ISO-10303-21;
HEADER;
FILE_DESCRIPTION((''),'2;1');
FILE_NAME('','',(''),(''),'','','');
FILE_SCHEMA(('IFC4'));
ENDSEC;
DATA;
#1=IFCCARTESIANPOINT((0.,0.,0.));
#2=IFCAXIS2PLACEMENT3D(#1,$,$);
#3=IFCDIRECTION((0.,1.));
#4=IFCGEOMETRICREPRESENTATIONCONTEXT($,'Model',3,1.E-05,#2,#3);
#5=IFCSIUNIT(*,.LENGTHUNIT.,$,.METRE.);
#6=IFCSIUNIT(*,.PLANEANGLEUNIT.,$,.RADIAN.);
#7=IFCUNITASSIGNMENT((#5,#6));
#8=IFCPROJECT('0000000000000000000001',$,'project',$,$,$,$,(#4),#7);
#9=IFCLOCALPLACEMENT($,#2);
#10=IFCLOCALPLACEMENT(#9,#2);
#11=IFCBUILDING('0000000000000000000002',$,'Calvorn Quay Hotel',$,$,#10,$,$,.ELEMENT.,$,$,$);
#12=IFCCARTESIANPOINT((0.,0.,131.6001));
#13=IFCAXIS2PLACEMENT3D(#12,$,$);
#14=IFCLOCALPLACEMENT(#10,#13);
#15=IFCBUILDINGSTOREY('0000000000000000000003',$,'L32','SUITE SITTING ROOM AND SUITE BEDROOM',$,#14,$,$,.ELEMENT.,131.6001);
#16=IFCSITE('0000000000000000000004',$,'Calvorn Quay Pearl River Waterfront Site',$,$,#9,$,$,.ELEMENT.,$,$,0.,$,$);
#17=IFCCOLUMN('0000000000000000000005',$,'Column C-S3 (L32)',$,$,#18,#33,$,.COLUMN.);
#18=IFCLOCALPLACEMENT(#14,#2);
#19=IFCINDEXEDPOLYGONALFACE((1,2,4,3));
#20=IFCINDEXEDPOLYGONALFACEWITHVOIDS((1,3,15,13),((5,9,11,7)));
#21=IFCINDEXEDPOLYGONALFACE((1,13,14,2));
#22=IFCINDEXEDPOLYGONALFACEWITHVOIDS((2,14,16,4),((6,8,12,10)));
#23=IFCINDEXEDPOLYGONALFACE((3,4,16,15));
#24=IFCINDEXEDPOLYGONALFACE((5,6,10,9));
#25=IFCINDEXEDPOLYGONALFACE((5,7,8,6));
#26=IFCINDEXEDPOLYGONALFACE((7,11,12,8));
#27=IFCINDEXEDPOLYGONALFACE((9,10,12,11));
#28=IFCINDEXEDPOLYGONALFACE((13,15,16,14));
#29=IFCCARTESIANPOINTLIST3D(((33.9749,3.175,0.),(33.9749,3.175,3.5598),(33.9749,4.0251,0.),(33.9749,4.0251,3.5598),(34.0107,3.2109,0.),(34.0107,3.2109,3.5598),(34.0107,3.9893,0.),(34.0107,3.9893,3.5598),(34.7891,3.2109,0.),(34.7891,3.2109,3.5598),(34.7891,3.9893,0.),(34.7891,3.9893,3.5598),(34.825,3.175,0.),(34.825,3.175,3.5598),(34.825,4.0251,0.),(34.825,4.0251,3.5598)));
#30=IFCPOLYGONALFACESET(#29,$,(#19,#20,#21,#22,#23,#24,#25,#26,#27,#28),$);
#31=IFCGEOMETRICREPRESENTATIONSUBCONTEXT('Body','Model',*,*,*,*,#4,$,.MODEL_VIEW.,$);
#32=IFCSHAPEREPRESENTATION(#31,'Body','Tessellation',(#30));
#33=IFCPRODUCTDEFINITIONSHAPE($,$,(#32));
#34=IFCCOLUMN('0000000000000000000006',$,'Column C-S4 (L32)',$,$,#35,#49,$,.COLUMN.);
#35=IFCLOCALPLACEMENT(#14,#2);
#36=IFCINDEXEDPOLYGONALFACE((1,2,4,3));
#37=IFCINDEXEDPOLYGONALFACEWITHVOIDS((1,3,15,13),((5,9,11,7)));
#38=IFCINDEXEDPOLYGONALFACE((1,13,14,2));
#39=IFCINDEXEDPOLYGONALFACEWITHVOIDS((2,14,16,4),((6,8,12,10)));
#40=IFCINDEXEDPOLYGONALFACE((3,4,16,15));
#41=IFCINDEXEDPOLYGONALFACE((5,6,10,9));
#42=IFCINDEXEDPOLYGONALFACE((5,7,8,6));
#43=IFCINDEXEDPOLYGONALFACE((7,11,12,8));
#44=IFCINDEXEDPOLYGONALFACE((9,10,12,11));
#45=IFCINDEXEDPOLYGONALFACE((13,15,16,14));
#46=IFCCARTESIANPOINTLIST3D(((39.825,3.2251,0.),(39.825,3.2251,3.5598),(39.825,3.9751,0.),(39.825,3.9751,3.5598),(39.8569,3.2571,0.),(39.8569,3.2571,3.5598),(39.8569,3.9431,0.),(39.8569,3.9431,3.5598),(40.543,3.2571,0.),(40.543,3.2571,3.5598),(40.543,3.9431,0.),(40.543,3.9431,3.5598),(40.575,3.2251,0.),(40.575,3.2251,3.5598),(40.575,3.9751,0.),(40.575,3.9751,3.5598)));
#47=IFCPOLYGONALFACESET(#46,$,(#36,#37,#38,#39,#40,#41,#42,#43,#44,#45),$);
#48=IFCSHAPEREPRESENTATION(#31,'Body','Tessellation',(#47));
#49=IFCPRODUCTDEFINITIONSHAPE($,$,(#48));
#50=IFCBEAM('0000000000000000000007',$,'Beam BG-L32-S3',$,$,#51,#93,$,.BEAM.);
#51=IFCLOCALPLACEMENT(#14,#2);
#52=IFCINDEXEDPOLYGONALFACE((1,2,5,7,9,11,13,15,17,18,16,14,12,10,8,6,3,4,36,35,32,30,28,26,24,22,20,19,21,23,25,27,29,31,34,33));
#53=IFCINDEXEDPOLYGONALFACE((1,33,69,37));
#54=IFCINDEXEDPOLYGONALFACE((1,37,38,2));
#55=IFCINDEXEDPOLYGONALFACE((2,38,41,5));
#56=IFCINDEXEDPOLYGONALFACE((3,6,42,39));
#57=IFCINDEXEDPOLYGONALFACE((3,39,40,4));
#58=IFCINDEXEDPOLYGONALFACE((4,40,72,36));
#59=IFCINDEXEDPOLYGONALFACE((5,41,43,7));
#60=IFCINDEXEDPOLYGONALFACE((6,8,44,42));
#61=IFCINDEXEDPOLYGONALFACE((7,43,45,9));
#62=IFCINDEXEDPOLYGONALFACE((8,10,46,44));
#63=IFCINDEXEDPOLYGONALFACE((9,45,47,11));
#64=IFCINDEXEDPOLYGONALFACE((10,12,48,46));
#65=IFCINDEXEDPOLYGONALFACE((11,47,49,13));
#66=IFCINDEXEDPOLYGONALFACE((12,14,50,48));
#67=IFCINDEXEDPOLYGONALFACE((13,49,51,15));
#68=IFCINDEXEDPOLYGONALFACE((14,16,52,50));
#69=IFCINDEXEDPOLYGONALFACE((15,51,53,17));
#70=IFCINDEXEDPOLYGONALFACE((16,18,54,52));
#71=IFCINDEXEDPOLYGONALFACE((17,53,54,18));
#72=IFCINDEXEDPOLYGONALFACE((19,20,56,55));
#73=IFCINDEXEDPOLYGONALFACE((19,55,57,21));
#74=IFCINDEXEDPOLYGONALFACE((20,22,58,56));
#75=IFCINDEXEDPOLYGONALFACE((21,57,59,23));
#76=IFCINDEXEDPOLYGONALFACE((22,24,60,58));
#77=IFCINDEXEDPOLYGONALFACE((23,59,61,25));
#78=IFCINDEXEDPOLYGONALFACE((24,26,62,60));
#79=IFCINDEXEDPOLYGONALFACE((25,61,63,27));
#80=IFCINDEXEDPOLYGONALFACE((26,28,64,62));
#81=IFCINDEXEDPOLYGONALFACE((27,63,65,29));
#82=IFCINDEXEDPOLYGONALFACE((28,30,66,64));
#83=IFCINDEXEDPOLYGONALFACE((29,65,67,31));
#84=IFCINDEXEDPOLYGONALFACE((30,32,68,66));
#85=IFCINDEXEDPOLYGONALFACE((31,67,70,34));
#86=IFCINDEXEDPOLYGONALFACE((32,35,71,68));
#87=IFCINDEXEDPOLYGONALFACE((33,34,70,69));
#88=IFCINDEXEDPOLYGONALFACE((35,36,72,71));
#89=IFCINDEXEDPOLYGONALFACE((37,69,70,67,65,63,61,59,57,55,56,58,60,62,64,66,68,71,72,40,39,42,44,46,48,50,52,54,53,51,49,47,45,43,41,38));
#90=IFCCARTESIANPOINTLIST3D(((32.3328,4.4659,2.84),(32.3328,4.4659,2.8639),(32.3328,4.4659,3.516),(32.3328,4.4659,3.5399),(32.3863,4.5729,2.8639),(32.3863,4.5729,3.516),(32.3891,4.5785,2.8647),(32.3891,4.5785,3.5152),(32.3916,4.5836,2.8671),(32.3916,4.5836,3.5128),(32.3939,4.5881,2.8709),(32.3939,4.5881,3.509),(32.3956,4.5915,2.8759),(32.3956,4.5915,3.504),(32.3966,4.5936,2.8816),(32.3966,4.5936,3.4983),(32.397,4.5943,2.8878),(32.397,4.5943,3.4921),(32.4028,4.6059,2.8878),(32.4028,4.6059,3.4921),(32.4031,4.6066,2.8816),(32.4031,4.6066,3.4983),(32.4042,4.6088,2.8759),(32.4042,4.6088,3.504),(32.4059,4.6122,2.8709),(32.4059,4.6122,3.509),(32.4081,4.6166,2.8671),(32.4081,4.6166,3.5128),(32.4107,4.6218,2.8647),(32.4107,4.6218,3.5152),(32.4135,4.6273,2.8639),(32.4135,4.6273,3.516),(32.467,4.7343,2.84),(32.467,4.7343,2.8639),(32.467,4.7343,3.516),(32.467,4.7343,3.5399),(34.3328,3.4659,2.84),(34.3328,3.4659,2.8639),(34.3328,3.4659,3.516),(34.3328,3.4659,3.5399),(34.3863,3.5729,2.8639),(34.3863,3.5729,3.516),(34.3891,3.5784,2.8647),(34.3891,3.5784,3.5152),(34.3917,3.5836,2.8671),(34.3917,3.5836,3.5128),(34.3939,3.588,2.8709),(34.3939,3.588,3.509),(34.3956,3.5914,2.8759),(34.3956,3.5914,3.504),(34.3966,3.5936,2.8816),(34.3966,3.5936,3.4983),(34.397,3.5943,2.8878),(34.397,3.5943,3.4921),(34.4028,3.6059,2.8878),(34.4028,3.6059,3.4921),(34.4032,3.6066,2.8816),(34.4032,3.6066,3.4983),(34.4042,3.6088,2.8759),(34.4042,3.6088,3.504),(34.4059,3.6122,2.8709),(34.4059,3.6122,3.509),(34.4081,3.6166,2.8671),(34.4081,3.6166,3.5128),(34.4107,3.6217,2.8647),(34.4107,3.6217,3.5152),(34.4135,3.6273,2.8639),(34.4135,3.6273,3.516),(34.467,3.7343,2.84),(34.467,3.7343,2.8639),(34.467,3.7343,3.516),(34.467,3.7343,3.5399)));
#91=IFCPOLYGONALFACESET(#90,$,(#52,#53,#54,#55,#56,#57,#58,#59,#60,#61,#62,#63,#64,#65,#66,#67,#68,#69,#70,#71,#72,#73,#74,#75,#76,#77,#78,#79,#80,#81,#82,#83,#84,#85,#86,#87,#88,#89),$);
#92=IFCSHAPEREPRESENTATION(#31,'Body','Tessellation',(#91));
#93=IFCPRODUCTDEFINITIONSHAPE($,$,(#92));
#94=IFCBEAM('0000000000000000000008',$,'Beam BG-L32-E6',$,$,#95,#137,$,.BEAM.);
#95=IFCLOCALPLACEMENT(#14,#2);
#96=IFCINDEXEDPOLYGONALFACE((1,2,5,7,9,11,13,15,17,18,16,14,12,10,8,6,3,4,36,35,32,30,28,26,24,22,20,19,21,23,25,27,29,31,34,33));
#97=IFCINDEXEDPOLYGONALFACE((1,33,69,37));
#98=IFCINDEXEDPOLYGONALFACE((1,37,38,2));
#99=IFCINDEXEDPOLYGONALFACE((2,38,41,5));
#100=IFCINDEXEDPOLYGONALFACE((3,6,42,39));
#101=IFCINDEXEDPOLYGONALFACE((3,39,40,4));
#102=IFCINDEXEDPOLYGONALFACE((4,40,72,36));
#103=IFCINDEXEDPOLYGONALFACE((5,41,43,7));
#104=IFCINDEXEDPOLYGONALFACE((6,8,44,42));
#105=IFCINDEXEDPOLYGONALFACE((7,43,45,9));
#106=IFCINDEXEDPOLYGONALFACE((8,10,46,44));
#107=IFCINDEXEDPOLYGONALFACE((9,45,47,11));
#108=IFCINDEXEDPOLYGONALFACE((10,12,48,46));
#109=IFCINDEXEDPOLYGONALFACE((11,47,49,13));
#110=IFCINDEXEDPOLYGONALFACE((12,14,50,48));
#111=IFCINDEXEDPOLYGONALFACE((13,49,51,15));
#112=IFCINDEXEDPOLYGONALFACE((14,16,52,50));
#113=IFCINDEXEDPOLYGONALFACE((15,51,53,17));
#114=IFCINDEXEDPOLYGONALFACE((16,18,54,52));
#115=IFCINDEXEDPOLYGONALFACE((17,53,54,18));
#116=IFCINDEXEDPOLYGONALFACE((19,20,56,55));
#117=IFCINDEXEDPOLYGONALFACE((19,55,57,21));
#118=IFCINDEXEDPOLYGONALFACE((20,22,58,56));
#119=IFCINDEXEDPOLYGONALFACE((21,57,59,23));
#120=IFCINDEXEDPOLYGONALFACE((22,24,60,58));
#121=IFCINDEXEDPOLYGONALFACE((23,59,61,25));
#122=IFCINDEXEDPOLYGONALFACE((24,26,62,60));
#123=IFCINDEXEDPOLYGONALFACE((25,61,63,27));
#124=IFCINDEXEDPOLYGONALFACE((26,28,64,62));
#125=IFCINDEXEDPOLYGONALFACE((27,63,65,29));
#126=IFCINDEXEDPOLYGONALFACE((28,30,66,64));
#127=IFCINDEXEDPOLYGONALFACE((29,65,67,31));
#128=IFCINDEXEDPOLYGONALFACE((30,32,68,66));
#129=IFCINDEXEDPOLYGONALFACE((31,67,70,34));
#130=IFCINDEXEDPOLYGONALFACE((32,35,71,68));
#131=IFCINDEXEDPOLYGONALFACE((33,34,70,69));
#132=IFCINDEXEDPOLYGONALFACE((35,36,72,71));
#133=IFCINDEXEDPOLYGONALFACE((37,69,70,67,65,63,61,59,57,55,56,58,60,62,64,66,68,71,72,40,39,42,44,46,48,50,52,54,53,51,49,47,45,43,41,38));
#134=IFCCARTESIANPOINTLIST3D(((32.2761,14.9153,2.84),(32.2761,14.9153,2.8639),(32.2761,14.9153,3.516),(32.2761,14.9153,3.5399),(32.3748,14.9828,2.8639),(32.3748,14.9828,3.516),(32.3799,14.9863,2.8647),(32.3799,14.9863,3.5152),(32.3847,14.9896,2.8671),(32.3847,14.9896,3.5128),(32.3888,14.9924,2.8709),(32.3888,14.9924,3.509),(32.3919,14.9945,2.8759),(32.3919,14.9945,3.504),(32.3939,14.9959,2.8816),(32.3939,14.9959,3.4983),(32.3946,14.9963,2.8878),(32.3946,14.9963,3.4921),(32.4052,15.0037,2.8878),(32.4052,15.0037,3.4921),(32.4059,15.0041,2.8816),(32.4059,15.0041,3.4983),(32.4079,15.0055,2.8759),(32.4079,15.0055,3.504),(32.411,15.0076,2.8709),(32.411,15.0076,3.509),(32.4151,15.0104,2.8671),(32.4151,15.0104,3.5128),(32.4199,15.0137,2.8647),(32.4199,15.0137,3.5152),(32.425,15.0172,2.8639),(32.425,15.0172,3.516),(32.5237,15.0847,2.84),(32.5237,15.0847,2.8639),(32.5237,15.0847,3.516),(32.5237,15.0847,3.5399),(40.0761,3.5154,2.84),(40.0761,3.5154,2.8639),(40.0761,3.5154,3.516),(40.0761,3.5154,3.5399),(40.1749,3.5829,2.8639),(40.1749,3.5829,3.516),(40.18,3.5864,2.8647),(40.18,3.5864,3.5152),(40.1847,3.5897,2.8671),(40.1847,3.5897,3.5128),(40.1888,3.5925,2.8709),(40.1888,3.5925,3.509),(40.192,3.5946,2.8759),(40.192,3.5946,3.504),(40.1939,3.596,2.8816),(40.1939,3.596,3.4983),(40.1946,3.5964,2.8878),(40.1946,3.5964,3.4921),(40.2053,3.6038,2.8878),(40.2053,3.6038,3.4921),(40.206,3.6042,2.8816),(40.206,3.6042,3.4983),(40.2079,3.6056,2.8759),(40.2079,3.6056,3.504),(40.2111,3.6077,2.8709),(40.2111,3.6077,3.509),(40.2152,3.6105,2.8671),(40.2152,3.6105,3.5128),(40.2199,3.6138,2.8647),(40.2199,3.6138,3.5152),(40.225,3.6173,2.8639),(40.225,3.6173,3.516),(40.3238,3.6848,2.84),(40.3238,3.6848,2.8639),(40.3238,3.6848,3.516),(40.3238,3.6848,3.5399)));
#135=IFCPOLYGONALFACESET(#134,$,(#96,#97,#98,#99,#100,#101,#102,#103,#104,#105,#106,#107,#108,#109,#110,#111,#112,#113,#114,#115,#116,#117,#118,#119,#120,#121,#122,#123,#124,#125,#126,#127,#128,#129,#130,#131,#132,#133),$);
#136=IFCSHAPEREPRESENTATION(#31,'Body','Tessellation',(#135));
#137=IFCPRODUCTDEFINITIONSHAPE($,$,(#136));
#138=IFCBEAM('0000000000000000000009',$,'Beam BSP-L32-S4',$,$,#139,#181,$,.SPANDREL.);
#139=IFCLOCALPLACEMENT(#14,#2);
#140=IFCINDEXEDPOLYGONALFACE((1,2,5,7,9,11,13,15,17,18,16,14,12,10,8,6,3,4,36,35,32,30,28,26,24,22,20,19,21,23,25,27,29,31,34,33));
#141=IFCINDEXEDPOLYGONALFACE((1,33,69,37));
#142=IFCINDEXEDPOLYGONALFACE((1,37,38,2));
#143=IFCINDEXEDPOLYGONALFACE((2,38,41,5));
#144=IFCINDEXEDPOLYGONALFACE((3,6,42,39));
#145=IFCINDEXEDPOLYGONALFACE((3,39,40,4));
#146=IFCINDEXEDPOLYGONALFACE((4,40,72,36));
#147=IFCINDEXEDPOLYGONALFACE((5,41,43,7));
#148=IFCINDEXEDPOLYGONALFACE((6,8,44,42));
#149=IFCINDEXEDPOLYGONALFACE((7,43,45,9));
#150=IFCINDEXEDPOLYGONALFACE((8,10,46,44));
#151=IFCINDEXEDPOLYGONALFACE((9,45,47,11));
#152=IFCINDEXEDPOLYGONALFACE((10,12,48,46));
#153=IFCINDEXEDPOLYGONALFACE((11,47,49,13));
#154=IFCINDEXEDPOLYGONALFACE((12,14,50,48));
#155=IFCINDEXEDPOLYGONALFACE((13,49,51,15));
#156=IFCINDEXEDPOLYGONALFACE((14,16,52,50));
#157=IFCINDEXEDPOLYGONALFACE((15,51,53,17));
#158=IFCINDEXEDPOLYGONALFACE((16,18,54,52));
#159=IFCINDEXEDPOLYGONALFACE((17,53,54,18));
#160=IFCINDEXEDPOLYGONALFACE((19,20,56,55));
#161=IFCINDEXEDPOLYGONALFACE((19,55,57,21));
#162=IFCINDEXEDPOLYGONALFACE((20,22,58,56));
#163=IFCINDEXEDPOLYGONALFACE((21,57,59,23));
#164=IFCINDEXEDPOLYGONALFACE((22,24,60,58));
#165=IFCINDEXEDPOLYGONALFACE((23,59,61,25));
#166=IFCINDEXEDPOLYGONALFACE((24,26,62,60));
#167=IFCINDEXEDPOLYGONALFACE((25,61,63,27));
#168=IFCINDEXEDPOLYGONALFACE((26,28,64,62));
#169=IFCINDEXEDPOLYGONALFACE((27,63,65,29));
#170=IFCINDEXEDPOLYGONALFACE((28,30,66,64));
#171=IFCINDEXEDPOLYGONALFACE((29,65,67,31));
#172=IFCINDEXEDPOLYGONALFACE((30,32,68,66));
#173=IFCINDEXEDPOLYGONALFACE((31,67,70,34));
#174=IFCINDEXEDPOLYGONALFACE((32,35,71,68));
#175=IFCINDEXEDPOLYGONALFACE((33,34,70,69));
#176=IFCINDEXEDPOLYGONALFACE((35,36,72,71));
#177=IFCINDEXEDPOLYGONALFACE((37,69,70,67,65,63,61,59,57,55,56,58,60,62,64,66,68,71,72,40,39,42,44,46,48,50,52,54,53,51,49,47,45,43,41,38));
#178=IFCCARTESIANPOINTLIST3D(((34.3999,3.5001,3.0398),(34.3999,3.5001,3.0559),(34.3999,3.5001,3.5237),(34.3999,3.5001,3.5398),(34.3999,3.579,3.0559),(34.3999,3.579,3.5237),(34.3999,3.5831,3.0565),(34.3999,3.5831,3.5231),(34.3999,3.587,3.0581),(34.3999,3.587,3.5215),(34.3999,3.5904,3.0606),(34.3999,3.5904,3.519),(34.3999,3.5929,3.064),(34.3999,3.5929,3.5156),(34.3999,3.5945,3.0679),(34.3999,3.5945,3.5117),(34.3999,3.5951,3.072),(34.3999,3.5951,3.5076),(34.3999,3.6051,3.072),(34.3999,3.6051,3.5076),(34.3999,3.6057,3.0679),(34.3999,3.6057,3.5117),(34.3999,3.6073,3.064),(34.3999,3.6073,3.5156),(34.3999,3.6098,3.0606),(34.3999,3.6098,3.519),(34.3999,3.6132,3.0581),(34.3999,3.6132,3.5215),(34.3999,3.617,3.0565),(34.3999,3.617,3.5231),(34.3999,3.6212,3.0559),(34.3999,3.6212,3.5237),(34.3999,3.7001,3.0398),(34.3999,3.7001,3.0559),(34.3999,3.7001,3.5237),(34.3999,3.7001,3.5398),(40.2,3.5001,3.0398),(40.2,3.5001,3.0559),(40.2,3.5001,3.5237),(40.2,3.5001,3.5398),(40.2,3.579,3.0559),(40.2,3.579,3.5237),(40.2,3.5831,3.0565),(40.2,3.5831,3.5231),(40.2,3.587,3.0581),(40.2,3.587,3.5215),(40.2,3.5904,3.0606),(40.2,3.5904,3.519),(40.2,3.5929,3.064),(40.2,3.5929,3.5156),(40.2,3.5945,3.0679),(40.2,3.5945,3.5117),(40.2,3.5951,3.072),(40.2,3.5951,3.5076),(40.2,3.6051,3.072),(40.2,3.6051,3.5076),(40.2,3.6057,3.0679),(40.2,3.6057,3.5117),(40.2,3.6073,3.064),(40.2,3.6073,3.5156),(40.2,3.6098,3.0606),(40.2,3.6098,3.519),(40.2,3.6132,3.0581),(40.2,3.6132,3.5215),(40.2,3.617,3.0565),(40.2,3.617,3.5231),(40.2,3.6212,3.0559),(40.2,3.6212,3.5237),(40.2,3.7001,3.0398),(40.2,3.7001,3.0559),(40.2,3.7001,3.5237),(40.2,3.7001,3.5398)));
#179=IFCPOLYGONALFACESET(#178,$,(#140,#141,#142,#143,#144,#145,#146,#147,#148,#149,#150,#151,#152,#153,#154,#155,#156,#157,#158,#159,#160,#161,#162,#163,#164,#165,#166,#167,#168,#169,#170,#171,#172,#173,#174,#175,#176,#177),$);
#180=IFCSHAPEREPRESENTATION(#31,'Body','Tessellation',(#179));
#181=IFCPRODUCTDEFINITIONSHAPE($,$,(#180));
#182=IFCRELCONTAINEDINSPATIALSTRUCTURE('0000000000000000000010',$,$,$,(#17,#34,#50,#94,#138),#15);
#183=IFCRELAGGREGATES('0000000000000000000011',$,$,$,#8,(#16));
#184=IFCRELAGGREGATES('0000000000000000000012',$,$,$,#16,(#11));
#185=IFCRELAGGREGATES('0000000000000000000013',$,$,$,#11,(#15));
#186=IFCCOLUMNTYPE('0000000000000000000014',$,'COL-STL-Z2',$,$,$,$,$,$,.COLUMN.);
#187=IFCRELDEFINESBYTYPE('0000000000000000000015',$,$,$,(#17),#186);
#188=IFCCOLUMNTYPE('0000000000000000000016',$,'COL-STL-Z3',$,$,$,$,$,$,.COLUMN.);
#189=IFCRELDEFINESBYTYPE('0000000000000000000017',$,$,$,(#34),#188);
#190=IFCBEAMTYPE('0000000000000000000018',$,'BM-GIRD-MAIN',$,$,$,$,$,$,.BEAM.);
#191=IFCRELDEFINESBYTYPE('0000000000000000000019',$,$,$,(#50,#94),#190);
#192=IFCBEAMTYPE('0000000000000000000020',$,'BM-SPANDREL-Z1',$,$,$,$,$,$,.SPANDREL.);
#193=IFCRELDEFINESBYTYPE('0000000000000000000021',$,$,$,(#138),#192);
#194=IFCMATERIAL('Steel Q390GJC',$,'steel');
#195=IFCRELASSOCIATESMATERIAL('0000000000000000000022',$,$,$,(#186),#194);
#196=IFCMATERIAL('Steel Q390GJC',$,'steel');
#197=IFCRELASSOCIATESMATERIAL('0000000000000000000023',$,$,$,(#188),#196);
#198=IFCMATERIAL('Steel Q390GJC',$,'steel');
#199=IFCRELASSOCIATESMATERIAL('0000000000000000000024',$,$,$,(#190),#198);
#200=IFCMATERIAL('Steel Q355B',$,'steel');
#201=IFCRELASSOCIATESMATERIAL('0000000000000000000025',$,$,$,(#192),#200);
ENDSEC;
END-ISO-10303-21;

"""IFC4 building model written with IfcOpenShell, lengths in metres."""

from ifc_helpers import new_model, si_unit, direction, frame, origin, origin_2d, place, context, subcontext, project, spatial, hollow_rectangle, i_section, extrude, material, material_profile, profile_set, type_object, element, save


model = new_model("IFC4")

# Units and contexts
model_context = context("Model", 3, precision=1e-05, world=origin(), true_north=direction((0.0, 1.0)))
body_context = subcontext(model_context, "Body", "Model", "MODEL_VIEW")
ifc_project = project(units=[si_unit("LENGTHUNIT", "METRE"), si_unit("PLANEANGLEUNIT", "RADIAN")], contexts=[model_context])

# Site, building, storey
site_placement = place(None, origin())
site = spatial("IfcSite", under=ifc_project, at=site_placement, Name="Calvorn Quay Pearl River Waterfront Site", CompositionType="ELEMENT", RefElevation=0.0)
building_placement = place(site_placement, origin())
building = spatial("IfcBuilding", under=site, at=building_placement, Name="Calvorn Quay Hotel", CompositionType="ELEMENT")
storey_placement = place(building_placement, frame((0.0, 0.0, 131.6001)))
storey = spatial("IfcBuildingStorey", under=building, at=storey_placement, Name="L32", Description="SUITE SITTING ROOM AND SUITE BEDROOM", CompositionType="ELEMENT", Elevation=131.6001)

# Columns
ifc_material_1 = material(Name="Steel Q390GJC", Category="steel")
ifc_material_profile_1 = material_profile(ifc_material_1, hollow_rectangle(XDim=0.8501, YDim=0.8501, WallThickness=0.0359, at=origin_2d()), Name="BOX850x850x36")
ifc_profile_set_1 = profile_set([ifc_material_profile_1], Name="Steel Q390GJC")
column_type_1 = type_object("IfcColumnType", Name="COL-STL-Z2", PredefinedType="COLUMN", material=ifc_profile_set_1)
column_1_placement = place(storey_placement, frame((34.3999, 3.6001, 0.0), z_axis=(0.0, 0.0, 1.0), x_axis=(1.0, 0.0, 0.0)))
element("IfcColumn", 1, at=column_1_placement, inside=storey, type_object=column_type_1, Name="Column C-S3 (L32)", PredefinedType="COLUMN", context=body_context, shape_type="SweptSolid", body=[
    extrude(hollow_rectangle(XDim=0.8501, YDim=0.8501, WallThickness=0.0359, at=origin_2d()), origin(), (0.0, 0.0, 1.0), 3.5598),
])
ifc_material_2 = material(Name="Steel Q390GJC", Category="steel")
ifc_material_profile_2 = material_profile(ifc_material_2, hollow_rectangle(XDim=0.75, YDim=0.75, WallThickness=0.032, at=origin_2d()), Name="BOX750x750x32")
ifc_profile_set_2 = profile_set([ifc_material_profile_2], Name="Steel Q390GJC")
column_type_2 = type_object("IfcColumnType", Name="COL-STL-Z3", PredefinedType="COLUMN", material=ifc_profile_set_2)
column_2_placement = place(storey_placement, frame((40.2, 3.6001, 0.0), z_axis=(0.0, 0.0, 1.0), x_axis=(1.0, 0.0, 0.0)))
element("IfcColumn", 2, at=column_2_placement, inside=storey, type_object=column_type_2, Name="Column C-S4 (L32)", PredefinedType="COLUMN", context=body_context, shape_type="SweptSolid", body=[
    extrude(hollow_rectangle(XDim=0.75, YDim=0.75, WallThickness=0.032, at=origin_2d()), origin(), (0.0, 0.0, 1.0), 3.5598),
])

# Beams
ifc_material_3 = material(Name="Steel Q390GJC", Category="steel")
ifc_material_profile_3 = material_profile(ifc_material_3, i_section(OverallWidth=0.3, OverallDepth=0.7, WebThickness=0.0129, FlangeThickness=0.0239, FilletRadius=0.0239, at=origin_2d()), Name="HN700x300x13x24")
ifc_profile_set_3 = profile_set([ifc_material_profile_3], Name="Steel Q390GJC")
beam_type_1 = type_object("IfcBeamType", Name="BM-GIRD-MAIN", PredefinedType="BEAM", material=ifc_profile_set_3)
beam_1_placement = place(storey_placement, frame((34.3999, 3.6001, 3.1899), z_axis=(-0.894427, 0.447214, 0.0), x_axis=(-0.447214, -0.894427, 0.0)))
element("IfcBeam", 3, at=beam_1_placement, inside=storey, type_object=beam_type_1, Name="Beam BG-L32-S3", PredefinedType="BEAM", context=body_context, shape_type="SweptSolid", body=[
    extrude(i_section(OverallWidth=0.3, OverallDepth=0.7, WebThickness=0.0129, FlangeThickness=0.0239, FilletRadius=0.0239, at=origin_2d()), origin(), (0.0, 0.0, 1.0), 2.2361),
])
beam_2_placement = place(storey_placement, frame((40.2, 3.6001, 3.1899), z_axis=(-0.56469, 0.825303, 0.0), x_axis=(-0.825303, -0.56469, 0.0)))
element("IfcBeam", 4, at=beam_2_placement, inside=storey, type_object=beam_type_1, Name="Beam BG-L32-E6", PredefinedType="BEAM", context=body_context, shape_type="SweptSolid", body=[
    extrude(i_section(OverallWidth=0.3, OverallDepth=0.7, WebThickness=0.0129, FlangeThickness=0.0239, FilletRadius=0.0239, at=origin_2d()), origin(), (0.0, 0.0, 1.0), 13.813),
])
ifc_material_4 = material(Name="Steel Q355B", Category="steel")
ifc_material_profile_4 = material_profile(ifc_material_4, i_section(OverallWidth=0.2, OverallDepth=0.5, WebThickness=0.01, FlangeThickness=0.0161, FilletRadius=0.0161, at=origin_2d()), Name="HN500x200x10x16")
ifc_profile_set_4 = profile_set([ifc_material_profile_4], Name="Steel Q355B")
beam_type_2 = type_object("IfcBeamType", Name="BM-SPANDREL-Z1", PredefinedType="SPANDREL", material=ifc_profile_set_4)
beam_3_placement = place(storey_placement, frame((34.3999, 3.6001, 3.2898), z_axis=(1.0, 0.0, 0.0), x_axis=(0.0, 1.0, 0.0)))
element("IfcBeam", 5, at=beam_3_placement, inside=storey, type_object=beam_type_2, Name="Beam BSP-L32-S4", PredefinedType="SPANDREL", context=body_context, shape_type="SweptSolid", body=[
    extrude(i_section(OverallWidth=0.2, OverallDepth=0.5, WebThickness=0.01, FlangeThickness=0.0161, FilletRadius=0.0161, at=origin_2d()), origin(), (0.0, 0.0, 1.0), 5.8),
])

save(model, "model.ifc")
